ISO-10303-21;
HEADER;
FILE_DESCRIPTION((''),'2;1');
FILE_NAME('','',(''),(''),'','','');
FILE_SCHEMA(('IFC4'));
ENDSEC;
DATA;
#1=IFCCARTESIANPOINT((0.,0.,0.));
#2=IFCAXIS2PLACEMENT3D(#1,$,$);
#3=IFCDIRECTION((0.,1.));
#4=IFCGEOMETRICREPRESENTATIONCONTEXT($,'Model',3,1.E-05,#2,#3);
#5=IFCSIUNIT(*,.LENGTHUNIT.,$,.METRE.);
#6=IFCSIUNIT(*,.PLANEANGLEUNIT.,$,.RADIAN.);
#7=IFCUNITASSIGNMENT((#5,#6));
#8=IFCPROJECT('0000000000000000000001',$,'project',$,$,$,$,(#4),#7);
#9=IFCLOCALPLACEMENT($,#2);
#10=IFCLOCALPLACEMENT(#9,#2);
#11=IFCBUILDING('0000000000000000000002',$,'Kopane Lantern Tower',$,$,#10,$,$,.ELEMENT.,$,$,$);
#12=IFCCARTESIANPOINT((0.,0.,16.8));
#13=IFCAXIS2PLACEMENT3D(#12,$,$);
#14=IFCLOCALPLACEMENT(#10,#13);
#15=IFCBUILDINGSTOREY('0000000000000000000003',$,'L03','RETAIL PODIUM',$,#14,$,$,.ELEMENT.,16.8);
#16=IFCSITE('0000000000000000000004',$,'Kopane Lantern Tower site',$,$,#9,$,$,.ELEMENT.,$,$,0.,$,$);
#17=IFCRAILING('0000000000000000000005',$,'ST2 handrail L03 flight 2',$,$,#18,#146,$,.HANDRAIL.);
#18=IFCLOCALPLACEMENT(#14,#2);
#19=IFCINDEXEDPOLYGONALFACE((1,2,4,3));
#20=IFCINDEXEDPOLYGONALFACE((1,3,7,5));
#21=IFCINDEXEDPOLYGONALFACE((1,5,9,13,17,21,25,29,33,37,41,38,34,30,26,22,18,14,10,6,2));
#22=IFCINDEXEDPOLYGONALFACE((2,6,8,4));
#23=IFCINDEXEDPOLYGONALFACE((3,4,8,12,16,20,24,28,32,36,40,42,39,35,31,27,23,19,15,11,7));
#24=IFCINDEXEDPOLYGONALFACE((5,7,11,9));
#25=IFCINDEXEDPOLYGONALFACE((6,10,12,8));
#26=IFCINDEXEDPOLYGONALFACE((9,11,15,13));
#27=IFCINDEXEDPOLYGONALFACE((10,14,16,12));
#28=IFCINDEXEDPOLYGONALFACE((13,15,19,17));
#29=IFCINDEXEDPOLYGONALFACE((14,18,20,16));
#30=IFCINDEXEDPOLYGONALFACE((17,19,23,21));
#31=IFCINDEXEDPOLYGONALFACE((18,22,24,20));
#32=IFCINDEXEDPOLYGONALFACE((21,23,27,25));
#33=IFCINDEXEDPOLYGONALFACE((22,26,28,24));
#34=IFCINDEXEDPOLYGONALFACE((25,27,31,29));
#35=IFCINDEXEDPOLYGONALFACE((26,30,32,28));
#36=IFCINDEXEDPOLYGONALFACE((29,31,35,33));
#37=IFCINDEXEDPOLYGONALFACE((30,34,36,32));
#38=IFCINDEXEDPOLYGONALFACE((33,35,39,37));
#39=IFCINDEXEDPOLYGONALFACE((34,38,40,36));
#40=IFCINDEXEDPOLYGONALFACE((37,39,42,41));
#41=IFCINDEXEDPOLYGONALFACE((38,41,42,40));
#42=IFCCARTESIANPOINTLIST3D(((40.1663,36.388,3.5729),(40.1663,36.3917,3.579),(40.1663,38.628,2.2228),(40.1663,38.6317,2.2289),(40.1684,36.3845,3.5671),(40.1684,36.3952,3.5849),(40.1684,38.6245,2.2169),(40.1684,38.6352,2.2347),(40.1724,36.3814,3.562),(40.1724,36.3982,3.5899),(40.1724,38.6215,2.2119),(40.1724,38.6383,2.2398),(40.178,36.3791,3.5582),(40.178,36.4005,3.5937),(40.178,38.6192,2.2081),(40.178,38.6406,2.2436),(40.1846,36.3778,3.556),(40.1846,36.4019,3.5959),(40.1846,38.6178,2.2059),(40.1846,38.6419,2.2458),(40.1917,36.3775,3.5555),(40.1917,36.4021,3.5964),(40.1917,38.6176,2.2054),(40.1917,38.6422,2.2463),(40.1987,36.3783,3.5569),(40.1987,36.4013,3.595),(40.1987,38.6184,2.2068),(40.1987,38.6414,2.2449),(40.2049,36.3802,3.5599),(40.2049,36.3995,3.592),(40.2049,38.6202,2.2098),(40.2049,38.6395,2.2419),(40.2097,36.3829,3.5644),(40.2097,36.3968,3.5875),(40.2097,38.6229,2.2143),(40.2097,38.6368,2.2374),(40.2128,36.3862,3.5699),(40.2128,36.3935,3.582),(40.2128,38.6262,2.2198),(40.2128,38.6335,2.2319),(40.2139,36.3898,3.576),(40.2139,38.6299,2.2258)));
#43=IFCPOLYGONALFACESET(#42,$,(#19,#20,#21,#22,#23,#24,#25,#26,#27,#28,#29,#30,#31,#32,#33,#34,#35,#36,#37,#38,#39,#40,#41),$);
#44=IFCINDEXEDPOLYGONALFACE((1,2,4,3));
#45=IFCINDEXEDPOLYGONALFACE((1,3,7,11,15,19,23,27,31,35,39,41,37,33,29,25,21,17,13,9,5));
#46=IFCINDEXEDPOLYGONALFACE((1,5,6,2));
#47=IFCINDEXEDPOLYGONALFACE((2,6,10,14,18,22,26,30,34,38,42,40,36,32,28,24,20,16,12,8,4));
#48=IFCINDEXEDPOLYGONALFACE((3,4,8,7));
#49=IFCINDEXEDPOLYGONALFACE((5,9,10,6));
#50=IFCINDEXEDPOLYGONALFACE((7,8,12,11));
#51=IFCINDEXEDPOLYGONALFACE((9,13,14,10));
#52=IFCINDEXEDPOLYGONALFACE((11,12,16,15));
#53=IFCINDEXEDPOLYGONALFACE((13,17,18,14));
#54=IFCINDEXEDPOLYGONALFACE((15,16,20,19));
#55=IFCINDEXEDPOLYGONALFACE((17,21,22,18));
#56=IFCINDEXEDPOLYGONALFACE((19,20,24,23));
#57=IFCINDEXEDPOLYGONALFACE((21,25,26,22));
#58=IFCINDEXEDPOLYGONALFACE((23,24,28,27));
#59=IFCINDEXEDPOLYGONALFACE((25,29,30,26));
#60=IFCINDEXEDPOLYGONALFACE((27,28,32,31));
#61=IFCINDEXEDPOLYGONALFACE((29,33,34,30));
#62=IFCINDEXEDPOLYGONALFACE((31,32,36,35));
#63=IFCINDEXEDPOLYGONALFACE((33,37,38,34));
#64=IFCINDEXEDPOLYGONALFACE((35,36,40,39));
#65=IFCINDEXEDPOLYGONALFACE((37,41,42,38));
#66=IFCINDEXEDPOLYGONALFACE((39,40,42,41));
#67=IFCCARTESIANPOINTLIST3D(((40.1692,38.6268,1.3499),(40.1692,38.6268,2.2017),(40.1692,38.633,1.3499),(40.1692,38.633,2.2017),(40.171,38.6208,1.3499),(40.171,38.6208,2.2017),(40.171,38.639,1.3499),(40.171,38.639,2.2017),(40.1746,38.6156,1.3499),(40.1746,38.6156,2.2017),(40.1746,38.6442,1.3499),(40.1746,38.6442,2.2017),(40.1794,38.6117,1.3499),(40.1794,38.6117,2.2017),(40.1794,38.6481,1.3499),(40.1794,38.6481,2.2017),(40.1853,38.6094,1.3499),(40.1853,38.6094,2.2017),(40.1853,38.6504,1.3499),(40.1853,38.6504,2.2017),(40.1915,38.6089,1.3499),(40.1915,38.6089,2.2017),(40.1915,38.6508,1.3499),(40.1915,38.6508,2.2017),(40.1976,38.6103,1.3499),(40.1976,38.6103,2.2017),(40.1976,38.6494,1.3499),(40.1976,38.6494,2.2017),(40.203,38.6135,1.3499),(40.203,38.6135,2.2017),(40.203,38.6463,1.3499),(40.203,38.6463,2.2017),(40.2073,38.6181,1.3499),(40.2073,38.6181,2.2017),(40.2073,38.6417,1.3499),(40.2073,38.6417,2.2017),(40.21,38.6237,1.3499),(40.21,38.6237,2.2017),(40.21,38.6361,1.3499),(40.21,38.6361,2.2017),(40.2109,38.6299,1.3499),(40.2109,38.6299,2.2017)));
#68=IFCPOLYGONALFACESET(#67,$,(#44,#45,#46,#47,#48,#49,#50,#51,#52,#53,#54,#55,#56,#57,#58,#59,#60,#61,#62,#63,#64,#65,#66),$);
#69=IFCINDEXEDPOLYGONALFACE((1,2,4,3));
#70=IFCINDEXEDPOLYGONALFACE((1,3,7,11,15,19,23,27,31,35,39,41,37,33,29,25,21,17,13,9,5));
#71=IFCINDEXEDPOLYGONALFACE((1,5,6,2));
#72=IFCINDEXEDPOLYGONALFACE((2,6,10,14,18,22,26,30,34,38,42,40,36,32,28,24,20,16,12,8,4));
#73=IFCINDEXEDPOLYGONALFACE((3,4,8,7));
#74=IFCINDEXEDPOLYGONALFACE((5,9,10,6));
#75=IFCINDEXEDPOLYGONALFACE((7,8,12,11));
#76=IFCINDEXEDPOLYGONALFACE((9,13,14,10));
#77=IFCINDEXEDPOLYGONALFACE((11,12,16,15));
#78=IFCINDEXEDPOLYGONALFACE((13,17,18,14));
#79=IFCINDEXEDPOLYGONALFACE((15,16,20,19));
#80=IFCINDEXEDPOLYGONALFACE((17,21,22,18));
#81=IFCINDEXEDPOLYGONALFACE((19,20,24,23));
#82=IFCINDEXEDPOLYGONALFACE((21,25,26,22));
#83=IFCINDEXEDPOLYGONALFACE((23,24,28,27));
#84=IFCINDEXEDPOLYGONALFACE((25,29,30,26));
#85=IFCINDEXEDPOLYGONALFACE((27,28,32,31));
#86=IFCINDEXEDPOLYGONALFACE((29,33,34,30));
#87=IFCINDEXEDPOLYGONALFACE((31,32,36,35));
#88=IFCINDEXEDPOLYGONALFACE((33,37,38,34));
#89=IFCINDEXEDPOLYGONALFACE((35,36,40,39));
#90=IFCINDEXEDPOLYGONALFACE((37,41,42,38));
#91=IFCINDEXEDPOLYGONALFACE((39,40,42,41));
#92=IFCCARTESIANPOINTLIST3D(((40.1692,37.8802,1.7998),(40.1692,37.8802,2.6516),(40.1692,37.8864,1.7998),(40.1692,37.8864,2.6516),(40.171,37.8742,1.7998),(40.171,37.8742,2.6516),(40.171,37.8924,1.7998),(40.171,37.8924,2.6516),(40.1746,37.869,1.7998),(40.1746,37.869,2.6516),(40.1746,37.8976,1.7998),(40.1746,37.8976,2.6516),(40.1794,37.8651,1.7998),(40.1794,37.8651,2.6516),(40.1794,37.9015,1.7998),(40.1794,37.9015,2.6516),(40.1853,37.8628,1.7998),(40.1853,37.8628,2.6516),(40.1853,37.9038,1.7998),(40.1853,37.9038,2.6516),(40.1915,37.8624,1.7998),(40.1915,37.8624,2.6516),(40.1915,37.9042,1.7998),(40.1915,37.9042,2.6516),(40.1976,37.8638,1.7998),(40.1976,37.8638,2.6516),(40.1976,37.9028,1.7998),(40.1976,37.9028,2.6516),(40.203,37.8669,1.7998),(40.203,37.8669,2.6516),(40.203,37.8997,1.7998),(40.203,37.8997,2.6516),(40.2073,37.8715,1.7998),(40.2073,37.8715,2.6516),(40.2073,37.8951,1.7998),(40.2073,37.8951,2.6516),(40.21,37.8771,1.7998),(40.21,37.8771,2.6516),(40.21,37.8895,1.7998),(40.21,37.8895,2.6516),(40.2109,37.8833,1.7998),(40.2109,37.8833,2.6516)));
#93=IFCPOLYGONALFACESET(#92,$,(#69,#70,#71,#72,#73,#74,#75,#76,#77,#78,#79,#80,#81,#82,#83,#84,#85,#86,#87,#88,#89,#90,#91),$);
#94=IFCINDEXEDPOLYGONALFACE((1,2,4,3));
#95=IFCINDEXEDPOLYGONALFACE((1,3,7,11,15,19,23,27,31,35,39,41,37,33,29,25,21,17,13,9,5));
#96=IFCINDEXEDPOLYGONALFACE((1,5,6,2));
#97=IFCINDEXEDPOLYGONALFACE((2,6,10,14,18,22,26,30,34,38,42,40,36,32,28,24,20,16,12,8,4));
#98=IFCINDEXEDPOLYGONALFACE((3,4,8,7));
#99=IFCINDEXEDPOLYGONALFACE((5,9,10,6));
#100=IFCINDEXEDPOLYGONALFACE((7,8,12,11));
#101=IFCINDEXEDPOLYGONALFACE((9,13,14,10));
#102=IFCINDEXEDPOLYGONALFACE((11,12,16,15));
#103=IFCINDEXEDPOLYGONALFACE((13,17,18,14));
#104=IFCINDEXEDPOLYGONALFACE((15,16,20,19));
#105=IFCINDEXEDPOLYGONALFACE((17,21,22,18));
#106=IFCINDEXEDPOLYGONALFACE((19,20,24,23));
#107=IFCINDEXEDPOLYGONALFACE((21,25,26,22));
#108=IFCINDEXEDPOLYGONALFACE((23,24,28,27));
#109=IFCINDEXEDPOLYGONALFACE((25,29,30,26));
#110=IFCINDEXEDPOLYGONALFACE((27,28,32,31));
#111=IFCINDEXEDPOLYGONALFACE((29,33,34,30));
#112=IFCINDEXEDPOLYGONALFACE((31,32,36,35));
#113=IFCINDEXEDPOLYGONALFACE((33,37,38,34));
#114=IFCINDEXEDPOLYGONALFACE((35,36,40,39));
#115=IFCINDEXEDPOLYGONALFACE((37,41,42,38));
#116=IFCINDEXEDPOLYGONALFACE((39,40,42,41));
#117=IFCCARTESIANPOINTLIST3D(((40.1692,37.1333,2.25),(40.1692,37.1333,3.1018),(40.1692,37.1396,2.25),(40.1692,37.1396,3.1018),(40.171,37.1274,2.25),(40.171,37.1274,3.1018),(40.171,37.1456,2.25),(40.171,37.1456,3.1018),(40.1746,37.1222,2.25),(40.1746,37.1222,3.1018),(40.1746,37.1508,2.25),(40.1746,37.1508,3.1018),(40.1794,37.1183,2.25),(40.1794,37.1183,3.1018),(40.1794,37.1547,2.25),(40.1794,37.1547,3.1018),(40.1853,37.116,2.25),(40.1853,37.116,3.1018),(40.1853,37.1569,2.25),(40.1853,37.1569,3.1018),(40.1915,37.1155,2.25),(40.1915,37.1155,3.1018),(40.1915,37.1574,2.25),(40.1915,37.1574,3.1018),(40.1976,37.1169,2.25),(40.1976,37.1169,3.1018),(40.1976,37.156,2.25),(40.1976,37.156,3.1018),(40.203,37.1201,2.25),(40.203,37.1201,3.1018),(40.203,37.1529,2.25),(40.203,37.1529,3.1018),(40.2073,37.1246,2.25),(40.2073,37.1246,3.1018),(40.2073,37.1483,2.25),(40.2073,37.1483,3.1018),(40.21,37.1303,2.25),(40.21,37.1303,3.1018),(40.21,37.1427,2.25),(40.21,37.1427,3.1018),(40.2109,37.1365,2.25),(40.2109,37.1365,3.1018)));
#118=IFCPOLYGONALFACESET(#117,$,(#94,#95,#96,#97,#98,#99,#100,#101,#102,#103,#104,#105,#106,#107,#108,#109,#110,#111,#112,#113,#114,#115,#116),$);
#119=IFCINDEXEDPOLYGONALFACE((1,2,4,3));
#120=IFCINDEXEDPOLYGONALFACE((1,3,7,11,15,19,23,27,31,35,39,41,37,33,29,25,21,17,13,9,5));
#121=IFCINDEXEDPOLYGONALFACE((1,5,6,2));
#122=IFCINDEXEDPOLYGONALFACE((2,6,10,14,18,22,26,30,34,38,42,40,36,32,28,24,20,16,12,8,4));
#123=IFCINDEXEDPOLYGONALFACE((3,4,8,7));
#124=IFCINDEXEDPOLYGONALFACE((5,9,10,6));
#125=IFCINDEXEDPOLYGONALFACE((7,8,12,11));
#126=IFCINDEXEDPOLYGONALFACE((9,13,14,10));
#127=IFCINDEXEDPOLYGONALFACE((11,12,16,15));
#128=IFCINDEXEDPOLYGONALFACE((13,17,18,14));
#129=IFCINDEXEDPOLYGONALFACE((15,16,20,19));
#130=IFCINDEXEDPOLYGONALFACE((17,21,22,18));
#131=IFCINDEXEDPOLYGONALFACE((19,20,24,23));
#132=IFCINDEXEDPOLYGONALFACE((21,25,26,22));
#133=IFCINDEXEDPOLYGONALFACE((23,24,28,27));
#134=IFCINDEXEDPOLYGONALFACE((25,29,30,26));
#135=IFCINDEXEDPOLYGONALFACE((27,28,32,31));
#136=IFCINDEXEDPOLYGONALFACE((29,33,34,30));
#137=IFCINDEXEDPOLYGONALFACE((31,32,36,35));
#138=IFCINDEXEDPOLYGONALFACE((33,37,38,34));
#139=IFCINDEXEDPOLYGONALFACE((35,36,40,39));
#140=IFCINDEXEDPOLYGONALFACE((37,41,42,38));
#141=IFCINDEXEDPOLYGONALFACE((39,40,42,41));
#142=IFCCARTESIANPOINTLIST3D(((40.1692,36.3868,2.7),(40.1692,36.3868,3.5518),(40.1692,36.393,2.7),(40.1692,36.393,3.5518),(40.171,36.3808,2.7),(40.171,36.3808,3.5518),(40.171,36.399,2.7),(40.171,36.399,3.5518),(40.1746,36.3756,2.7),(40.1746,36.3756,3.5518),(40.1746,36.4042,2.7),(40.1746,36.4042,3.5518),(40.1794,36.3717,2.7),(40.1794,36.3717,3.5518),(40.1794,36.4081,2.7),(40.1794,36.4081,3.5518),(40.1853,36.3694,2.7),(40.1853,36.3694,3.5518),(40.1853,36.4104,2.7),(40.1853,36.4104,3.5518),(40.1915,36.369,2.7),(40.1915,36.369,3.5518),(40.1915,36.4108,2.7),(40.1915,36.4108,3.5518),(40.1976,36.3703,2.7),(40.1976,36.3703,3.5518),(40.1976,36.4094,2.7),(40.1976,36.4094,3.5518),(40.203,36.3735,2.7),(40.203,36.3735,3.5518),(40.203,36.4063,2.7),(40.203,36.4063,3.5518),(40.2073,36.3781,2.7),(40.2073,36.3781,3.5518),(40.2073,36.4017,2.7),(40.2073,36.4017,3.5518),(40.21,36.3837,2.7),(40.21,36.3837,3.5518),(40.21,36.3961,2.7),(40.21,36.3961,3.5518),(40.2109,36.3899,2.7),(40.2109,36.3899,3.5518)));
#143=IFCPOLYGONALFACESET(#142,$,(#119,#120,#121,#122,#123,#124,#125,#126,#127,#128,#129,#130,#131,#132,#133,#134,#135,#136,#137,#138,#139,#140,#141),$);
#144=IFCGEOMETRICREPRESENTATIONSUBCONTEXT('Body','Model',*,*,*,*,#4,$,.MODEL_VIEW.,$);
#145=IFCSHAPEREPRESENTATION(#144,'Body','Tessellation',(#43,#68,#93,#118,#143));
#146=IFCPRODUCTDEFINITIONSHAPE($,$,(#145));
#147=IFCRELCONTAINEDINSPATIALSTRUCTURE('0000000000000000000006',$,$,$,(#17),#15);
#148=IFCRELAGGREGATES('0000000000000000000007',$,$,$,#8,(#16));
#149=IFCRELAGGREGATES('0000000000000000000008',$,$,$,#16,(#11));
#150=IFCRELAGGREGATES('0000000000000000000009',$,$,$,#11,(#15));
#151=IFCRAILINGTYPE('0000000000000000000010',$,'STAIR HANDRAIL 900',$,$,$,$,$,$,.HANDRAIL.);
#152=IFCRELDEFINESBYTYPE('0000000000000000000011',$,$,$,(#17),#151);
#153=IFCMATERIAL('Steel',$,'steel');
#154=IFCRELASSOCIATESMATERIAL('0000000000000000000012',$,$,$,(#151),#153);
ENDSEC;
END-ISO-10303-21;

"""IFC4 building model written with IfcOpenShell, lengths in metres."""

from ifc_helpers import new_model, si_unit, direction, frame, origin, origin_2d, place, context, subcontext, project, spatial, circle, extrude, material, type_object, element, save


model = new_model("IFC4")

# Units and contexts
model_context = context("Model", 3, precision=1e-05, world=origin(), true_north=direction((0.0, 1.0)))
body_context = subcontext(model_context, "Body", "Model", "MODEL_VIEW")
ifc_project = project(units=[si_unit("LENGTHUNIT", "METRE"), si_unit("PLANEANGLEUNIT", "RADIAN")], contexts=[model_context])

# Site, building, storey
site_placement = place(None, origin())
site = spatial("IfcSite", under=ifc_project, at=site_placement, Name="Kopane Lantern Tower site", CompositionType="ELEMENT", RefElevation=0.0)
building_placement = place(site_placement, origin())
building = spatial("IfcBuilding", under=site, at=building_placement, Name="Kopane Lantern Tower", CompositionType="ELEMENT")
storey_placement = place(building_placement, frame((0.0, 0.0, 16.8)))
storey = spatial("IfcBuildingStorey", under=building, at=storey_placement, Name="L03", Description="RETAIL PODIUM", CompositionType="ELEMENT", Elevation=16.8)

# Railing
ifc_material_1 = material(Name="Steel", Category="steel")
railing_type_1 = type_object("IfcRailingType", Name="STAIR HANDRAIL 900", PredefinedType="HANDRAIL", material=ifc_material_1)
for number, where, name in (
    (1, (40.1899, 38.6299, 1.3499), "ST2 handrail L03 flight 2"),
):
    element("IfcRailing", number, at=place(storey_placement, frame(where)), inside=storey, type_object=railing_type_1, Name=name, PredefinedType="HANDRAIL", context=body_context, shape_type="SweptSolid", body=[
        extrude(circle(Radius=0.0239, at=origin_2d()), frame((0.0, 0.0, 0.876), z_axis=(0.0, -0.856462, 0.516211), x_axis=(1.0, 0.0, 0.0)), (0.0, 0.0, 1.0), 2.6155),
        extrude(circle(Radius=0.021, at=origin_2d()), origin(), (0.0, 0.0, 1.0), 0.8518),
        extrude(circle(Radius=0.021, at=origin_2d()), frame((0.0, -0.7466, 0.45)), (0.0, 0.0, 1.0), 0.8518),
        extrude(circle(Radius=0.021, at=origin_2d()), frame((0.0, -1.4934, 0.9001)), (0.0, 0.0, 1.0), 0.8518),
        extrude(circle(Radius=0.021, at=origin_2d()), frame((0.0, -2.24, 1.3501)), (0.0, 0.0, 1.0), 0.8518),
    ])

save(model, "model.ifc")
